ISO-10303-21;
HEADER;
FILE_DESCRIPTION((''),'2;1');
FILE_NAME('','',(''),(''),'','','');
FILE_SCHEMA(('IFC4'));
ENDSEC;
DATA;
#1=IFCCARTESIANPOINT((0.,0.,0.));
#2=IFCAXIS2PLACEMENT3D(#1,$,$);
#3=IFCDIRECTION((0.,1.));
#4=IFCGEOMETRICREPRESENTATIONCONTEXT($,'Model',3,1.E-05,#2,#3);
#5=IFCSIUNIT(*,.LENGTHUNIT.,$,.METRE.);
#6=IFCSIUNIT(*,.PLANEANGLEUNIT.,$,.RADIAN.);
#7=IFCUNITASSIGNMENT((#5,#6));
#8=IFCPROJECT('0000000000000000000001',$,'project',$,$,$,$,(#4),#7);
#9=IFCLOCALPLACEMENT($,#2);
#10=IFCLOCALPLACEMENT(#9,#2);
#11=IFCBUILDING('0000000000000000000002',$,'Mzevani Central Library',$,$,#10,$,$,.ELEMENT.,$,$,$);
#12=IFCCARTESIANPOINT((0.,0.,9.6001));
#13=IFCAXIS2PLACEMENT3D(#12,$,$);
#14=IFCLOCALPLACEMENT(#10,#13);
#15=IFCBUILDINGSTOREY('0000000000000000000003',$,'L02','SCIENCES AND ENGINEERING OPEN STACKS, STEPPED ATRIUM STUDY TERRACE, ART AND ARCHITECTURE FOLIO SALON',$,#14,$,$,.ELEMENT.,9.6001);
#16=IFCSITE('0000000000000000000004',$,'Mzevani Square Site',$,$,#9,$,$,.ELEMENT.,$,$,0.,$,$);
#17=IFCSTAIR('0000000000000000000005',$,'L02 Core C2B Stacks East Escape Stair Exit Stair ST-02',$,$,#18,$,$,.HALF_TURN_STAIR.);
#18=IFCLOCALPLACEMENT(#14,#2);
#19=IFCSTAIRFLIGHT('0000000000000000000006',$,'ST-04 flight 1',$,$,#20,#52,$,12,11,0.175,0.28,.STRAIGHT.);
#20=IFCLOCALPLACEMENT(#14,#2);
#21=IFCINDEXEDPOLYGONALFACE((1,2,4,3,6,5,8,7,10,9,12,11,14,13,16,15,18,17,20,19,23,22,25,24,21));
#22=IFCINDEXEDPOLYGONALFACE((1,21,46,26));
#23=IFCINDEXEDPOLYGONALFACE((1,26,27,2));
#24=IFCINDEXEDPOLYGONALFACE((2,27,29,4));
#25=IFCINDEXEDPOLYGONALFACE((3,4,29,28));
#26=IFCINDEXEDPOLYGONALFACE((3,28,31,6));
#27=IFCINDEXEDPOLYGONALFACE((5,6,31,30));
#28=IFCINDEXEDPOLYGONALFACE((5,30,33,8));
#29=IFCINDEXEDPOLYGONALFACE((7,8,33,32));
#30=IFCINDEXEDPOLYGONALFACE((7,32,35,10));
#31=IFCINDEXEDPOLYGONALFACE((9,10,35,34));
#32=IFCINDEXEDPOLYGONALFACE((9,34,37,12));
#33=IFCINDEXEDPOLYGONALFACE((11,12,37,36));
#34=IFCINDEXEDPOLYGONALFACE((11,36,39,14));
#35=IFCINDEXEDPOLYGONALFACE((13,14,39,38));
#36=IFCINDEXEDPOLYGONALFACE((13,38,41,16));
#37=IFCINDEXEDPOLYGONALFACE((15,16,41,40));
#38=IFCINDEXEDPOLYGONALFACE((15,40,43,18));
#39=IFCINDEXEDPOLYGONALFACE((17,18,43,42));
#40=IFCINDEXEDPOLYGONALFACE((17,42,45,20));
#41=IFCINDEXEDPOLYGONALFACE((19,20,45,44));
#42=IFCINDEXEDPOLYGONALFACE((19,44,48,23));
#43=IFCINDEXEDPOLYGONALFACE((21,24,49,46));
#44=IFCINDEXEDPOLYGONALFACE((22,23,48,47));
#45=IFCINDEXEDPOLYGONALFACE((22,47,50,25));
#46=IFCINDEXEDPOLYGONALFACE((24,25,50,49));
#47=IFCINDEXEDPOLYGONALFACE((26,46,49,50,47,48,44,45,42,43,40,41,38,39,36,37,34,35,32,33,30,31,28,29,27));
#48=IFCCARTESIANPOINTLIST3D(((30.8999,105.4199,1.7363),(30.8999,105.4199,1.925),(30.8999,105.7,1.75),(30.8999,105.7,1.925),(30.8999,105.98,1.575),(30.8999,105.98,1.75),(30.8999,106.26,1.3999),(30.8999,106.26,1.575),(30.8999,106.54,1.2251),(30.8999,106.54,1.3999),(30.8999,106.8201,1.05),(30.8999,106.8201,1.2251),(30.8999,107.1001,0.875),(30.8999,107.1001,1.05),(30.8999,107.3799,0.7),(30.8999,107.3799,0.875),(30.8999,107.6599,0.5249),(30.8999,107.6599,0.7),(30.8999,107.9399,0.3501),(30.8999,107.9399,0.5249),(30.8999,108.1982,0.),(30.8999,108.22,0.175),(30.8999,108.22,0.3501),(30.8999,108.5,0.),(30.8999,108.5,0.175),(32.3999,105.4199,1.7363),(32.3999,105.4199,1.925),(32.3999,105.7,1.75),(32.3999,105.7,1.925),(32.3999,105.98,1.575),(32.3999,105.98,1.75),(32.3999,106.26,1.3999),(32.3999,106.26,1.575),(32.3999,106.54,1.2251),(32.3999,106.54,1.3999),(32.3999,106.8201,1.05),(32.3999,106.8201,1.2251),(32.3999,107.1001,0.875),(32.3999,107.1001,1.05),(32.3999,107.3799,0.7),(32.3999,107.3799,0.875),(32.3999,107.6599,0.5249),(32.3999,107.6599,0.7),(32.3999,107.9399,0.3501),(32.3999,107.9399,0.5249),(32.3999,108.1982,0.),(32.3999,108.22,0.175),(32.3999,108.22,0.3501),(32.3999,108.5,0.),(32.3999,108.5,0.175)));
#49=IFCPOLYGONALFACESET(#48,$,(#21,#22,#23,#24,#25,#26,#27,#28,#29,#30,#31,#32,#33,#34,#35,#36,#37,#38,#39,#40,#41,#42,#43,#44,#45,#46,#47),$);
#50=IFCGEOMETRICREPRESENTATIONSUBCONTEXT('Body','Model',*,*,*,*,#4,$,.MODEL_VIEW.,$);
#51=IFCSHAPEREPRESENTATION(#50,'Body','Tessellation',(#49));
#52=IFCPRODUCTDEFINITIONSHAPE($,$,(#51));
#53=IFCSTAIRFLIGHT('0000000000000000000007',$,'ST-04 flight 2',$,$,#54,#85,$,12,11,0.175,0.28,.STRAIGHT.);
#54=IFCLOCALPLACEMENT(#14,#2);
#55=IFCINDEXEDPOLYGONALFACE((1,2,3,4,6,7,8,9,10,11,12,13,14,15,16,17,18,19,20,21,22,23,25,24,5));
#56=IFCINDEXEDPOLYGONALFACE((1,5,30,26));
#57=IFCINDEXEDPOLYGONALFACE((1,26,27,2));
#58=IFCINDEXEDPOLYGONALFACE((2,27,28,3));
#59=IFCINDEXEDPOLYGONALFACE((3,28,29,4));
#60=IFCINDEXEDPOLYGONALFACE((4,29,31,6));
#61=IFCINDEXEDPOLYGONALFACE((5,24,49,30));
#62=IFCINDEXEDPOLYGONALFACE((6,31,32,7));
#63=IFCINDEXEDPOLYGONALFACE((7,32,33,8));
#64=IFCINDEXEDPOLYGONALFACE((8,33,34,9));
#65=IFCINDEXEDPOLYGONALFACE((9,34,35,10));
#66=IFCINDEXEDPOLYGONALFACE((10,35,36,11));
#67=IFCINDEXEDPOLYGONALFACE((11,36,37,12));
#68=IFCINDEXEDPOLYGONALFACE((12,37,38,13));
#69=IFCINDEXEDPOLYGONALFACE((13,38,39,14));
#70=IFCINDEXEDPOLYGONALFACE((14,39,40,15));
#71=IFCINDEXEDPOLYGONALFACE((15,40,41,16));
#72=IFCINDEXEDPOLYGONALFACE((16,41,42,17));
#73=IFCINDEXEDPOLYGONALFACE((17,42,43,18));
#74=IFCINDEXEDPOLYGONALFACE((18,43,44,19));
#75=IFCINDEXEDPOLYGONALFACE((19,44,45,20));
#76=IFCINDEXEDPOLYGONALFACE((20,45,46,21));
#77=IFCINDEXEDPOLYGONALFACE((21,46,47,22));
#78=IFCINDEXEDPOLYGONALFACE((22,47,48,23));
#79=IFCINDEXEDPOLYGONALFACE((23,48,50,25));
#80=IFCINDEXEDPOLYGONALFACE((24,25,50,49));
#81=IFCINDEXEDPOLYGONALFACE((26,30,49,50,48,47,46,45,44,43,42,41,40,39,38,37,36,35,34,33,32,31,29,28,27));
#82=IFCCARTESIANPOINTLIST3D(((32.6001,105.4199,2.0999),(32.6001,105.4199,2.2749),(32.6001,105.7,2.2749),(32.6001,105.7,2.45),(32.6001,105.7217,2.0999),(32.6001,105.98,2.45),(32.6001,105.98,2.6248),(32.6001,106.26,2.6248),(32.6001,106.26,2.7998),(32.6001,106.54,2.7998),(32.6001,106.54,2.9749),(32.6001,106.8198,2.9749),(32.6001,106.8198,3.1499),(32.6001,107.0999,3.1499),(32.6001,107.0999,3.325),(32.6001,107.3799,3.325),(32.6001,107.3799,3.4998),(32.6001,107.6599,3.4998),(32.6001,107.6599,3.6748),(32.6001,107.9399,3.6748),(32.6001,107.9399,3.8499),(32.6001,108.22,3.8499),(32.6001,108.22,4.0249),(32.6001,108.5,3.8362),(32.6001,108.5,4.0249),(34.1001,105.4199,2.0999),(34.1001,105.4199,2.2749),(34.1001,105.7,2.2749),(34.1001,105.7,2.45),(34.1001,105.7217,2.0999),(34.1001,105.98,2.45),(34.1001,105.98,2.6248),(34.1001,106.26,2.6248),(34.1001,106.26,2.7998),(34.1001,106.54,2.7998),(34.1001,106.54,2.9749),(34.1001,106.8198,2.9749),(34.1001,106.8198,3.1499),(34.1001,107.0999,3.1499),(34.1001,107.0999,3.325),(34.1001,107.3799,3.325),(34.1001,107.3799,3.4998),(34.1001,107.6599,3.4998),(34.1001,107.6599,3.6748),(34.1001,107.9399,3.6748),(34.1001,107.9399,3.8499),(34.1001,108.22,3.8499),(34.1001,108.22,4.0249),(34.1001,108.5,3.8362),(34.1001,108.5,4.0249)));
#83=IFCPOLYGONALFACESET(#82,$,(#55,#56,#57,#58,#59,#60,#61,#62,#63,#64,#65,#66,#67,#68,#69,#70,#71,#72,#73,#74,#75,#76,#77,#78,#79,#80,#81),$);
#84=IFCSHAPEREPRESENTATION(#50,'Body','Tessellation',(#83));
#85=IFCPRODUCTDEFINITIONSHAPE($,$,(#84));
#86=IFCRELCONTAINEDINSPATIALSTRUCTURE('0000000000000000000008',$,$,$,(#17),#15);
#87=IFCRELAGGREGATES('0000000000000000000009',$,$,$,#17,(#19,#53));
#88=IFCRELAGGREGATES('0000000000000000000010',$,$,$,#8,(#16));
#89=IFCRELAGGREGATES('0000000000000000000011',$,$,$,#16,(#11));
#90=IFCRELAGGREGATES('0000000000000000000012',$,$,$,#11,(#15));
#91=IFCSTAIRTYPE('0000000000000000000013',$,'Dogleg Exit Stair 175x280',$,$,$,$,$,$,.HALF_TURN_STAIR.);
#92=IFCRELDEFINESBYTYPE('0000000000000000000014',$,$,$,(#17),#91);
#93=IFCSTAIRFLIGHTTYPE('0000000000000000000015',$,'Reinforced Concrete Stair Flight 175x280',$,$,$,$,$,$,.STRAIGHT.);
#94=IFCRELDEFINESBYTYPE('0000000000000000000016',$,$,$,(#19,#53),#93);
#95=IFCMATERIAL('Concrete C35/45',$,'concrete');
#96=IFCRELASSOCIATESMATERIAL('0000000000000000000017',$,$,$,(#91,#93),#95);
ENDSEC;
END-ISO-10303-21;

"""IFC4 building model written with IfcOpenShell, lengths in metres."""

from ifc_helpers import new_model, si_unit, direction, frame, origin, place, context, subcontext, project, spatial, polyline, outline, extrude, material, type_object, element, aggregate, save


model = new_model("IFC4")

# Units and contexts
model_context = context("Model", 3, precision=1e-05, world=origin(), true_north=direction((0.0, 1.0)))
body_context = subcontext(model_context, "Body", "Model", "MODEL_VIEW")
ifc_project = project(units=[si_unit("LENGTHUNIT", "METRE"), si_unit("PLANEANGLEUNIT", "RADIAN")], contexts=[model_context])

# Site, building, storey
site_placement = place(None, origin())
site = spatial("IfcSite", under=ifc_project, at=site_placement, Name="Mzevani Square Site", CompositionType="ELEMENT", RefElevation=0.0)
building_placement = place(site_placement, origin())
building = spatial("IfcBuilding", under=site, at=building_placement, Name="Mzevani Central Library", CompositionType="ELEMENT")
storey_placement = place(building_placement, frame((0.0, 0.0, 9.6001)))
storey = spatial("IfcBuildingStorey", under=building, at=storey_placement, Name="L02", Description="SCIENCES AND ENGINEERING OPEN STACKS, STEPPED ATRIUM STUDY TERRACE, ART AND ARCHITECTURE FOLIO SALON", CompositionType="ELEMENT", Elevation=9.6001)

# Shared definitions
ifc_material_1 = material(Name="Concrete C35/45", Category="concrete")

# Stair, stair flights
stair_type = type_object("IfcStairType", Name="Dogleg Exit Stair 175x280", PredefinedType="HALF_TURN_STAIR", material=ifc_material_1)
stair_placement = place(storey_placement, origin())
stair = element("IfcStair", 1, at=stair_placement, inside=storey, type_object=stair_type, Name="L02 Core C2B Stacks East Escape Stair Exit Stair ST-02", PredefinedType="HALF_TURN_STAIR")
stair_flight_type = type_object("IfcStairFlightType", Name="Reinforced Concrete Stair Flight 175x280", PredefinedType="STRAIGHT", material=ifc_material_1)
stair_flight_1_placement = place(storey_placement, frame((31.6499, 108.5, 0.0), z_axis=(0.0, 0.0, 1.0), x_axis=(0.0, -1.0, 0.0)))
stair_flight_1 = element("IfcStairFlight", 2, at=stair_flight_1_placement, type_object=stair_flight_type, Name="ST-04 flight 1", NumberOfRisers=12, NumberOfTreads=11, PredefinedType="STRAIGHT", RiserHeight=0.175, TreadLength=0.28, context=body_context, shape_type="SweptSolid", body=[
    extrude(outline(polyline([(0.0, 0.0), (0.0, 0.175), (0.28, 0.175), (0.28, 0.3501), (0.5601, 0.3501), (0.5601, 0.5249), (0.8401, 0.5249), (0.8401, 0.7), (1.1201, 0.7), (1.1201, 0.875), (1.3999, 0.875), (1.3999, 1.05), (1.6799, 1.05), (1.6799, 1.2251), (1.96, 1.2251), (1.96, 1.3999), (2.24, 1.3999), (2.24, 1.575), (2.52, 1.575), (2.52, 1.75), (2.8, 1.75), (2.8, 1.925), (3.0801, 1.925), (3.0801, 2.1001), (3.0801, 1.7363), (0.3018, 0.0), (0.0, 0.0)])), frame((0.0, 0.75, 0.0), z_axis=(0.0, -1.0, 0.0), x_axis=(1.0, 0.0, 0.0)), (0.0, 0.0, 1.0), 1.5),
])
stair_flight_2_placement = place(storey_placement, frame((33.3501, 105.4199, 2.0999), z_axis=(0.0, 0.0, 1.0), x_axis=(0.0, 1.0, 0.0)))
stair_flight_2 = element("IfcStairFlight", 3, at=stair_flight_2_placement, type_object=stair_flight_type, Name="ST-04 flight 2", NumberOfRisers=12, NumberOfTreads=11, PredefinedType="STRAIGHT", RiserHeight=0.175, TreadLength=0.28, context=body_context, shape_type="SweptSolid", body=[
    extrude(outline(polyline([(0.0, 0.0), (0.0, 0.175), (0.28, 0.175), (0.28, 0.3501), (0.5601, 0.3501), (0.5601, 0.5249), (0.8401, 0.5249), (0.8401, 0.7), (1.1201, 0.7), (1.1201, 0.875), (1.3999, 0.875), (1.3999, 1.05), (1.6799, 1.05), (1.6799, 1.2251), (1.96, 1.2251), (1.96, 1.3999), (2.24, 1.3999), (2.24, 1.575), (2.52, 1.575), (2.52, 1.75), (2.8, 1.75), (2.8, 1.925), (3.0801, 1.925), (3.0801, 2.1001), (3.0801, 1.7363), (0.3018, 0.0), (0.0, 0.0)])), frame((0.0, 0.75, 0.0), z_axis=(0.0, -1.0, 0.0), x_axis=(1.0, 0.0, 0.0)), (0.0, 0.0, 1.0), 1.5),
])
aggregate(stair, [stair_flight_1, stair_flight_2])

save(model, "model.ifc")
